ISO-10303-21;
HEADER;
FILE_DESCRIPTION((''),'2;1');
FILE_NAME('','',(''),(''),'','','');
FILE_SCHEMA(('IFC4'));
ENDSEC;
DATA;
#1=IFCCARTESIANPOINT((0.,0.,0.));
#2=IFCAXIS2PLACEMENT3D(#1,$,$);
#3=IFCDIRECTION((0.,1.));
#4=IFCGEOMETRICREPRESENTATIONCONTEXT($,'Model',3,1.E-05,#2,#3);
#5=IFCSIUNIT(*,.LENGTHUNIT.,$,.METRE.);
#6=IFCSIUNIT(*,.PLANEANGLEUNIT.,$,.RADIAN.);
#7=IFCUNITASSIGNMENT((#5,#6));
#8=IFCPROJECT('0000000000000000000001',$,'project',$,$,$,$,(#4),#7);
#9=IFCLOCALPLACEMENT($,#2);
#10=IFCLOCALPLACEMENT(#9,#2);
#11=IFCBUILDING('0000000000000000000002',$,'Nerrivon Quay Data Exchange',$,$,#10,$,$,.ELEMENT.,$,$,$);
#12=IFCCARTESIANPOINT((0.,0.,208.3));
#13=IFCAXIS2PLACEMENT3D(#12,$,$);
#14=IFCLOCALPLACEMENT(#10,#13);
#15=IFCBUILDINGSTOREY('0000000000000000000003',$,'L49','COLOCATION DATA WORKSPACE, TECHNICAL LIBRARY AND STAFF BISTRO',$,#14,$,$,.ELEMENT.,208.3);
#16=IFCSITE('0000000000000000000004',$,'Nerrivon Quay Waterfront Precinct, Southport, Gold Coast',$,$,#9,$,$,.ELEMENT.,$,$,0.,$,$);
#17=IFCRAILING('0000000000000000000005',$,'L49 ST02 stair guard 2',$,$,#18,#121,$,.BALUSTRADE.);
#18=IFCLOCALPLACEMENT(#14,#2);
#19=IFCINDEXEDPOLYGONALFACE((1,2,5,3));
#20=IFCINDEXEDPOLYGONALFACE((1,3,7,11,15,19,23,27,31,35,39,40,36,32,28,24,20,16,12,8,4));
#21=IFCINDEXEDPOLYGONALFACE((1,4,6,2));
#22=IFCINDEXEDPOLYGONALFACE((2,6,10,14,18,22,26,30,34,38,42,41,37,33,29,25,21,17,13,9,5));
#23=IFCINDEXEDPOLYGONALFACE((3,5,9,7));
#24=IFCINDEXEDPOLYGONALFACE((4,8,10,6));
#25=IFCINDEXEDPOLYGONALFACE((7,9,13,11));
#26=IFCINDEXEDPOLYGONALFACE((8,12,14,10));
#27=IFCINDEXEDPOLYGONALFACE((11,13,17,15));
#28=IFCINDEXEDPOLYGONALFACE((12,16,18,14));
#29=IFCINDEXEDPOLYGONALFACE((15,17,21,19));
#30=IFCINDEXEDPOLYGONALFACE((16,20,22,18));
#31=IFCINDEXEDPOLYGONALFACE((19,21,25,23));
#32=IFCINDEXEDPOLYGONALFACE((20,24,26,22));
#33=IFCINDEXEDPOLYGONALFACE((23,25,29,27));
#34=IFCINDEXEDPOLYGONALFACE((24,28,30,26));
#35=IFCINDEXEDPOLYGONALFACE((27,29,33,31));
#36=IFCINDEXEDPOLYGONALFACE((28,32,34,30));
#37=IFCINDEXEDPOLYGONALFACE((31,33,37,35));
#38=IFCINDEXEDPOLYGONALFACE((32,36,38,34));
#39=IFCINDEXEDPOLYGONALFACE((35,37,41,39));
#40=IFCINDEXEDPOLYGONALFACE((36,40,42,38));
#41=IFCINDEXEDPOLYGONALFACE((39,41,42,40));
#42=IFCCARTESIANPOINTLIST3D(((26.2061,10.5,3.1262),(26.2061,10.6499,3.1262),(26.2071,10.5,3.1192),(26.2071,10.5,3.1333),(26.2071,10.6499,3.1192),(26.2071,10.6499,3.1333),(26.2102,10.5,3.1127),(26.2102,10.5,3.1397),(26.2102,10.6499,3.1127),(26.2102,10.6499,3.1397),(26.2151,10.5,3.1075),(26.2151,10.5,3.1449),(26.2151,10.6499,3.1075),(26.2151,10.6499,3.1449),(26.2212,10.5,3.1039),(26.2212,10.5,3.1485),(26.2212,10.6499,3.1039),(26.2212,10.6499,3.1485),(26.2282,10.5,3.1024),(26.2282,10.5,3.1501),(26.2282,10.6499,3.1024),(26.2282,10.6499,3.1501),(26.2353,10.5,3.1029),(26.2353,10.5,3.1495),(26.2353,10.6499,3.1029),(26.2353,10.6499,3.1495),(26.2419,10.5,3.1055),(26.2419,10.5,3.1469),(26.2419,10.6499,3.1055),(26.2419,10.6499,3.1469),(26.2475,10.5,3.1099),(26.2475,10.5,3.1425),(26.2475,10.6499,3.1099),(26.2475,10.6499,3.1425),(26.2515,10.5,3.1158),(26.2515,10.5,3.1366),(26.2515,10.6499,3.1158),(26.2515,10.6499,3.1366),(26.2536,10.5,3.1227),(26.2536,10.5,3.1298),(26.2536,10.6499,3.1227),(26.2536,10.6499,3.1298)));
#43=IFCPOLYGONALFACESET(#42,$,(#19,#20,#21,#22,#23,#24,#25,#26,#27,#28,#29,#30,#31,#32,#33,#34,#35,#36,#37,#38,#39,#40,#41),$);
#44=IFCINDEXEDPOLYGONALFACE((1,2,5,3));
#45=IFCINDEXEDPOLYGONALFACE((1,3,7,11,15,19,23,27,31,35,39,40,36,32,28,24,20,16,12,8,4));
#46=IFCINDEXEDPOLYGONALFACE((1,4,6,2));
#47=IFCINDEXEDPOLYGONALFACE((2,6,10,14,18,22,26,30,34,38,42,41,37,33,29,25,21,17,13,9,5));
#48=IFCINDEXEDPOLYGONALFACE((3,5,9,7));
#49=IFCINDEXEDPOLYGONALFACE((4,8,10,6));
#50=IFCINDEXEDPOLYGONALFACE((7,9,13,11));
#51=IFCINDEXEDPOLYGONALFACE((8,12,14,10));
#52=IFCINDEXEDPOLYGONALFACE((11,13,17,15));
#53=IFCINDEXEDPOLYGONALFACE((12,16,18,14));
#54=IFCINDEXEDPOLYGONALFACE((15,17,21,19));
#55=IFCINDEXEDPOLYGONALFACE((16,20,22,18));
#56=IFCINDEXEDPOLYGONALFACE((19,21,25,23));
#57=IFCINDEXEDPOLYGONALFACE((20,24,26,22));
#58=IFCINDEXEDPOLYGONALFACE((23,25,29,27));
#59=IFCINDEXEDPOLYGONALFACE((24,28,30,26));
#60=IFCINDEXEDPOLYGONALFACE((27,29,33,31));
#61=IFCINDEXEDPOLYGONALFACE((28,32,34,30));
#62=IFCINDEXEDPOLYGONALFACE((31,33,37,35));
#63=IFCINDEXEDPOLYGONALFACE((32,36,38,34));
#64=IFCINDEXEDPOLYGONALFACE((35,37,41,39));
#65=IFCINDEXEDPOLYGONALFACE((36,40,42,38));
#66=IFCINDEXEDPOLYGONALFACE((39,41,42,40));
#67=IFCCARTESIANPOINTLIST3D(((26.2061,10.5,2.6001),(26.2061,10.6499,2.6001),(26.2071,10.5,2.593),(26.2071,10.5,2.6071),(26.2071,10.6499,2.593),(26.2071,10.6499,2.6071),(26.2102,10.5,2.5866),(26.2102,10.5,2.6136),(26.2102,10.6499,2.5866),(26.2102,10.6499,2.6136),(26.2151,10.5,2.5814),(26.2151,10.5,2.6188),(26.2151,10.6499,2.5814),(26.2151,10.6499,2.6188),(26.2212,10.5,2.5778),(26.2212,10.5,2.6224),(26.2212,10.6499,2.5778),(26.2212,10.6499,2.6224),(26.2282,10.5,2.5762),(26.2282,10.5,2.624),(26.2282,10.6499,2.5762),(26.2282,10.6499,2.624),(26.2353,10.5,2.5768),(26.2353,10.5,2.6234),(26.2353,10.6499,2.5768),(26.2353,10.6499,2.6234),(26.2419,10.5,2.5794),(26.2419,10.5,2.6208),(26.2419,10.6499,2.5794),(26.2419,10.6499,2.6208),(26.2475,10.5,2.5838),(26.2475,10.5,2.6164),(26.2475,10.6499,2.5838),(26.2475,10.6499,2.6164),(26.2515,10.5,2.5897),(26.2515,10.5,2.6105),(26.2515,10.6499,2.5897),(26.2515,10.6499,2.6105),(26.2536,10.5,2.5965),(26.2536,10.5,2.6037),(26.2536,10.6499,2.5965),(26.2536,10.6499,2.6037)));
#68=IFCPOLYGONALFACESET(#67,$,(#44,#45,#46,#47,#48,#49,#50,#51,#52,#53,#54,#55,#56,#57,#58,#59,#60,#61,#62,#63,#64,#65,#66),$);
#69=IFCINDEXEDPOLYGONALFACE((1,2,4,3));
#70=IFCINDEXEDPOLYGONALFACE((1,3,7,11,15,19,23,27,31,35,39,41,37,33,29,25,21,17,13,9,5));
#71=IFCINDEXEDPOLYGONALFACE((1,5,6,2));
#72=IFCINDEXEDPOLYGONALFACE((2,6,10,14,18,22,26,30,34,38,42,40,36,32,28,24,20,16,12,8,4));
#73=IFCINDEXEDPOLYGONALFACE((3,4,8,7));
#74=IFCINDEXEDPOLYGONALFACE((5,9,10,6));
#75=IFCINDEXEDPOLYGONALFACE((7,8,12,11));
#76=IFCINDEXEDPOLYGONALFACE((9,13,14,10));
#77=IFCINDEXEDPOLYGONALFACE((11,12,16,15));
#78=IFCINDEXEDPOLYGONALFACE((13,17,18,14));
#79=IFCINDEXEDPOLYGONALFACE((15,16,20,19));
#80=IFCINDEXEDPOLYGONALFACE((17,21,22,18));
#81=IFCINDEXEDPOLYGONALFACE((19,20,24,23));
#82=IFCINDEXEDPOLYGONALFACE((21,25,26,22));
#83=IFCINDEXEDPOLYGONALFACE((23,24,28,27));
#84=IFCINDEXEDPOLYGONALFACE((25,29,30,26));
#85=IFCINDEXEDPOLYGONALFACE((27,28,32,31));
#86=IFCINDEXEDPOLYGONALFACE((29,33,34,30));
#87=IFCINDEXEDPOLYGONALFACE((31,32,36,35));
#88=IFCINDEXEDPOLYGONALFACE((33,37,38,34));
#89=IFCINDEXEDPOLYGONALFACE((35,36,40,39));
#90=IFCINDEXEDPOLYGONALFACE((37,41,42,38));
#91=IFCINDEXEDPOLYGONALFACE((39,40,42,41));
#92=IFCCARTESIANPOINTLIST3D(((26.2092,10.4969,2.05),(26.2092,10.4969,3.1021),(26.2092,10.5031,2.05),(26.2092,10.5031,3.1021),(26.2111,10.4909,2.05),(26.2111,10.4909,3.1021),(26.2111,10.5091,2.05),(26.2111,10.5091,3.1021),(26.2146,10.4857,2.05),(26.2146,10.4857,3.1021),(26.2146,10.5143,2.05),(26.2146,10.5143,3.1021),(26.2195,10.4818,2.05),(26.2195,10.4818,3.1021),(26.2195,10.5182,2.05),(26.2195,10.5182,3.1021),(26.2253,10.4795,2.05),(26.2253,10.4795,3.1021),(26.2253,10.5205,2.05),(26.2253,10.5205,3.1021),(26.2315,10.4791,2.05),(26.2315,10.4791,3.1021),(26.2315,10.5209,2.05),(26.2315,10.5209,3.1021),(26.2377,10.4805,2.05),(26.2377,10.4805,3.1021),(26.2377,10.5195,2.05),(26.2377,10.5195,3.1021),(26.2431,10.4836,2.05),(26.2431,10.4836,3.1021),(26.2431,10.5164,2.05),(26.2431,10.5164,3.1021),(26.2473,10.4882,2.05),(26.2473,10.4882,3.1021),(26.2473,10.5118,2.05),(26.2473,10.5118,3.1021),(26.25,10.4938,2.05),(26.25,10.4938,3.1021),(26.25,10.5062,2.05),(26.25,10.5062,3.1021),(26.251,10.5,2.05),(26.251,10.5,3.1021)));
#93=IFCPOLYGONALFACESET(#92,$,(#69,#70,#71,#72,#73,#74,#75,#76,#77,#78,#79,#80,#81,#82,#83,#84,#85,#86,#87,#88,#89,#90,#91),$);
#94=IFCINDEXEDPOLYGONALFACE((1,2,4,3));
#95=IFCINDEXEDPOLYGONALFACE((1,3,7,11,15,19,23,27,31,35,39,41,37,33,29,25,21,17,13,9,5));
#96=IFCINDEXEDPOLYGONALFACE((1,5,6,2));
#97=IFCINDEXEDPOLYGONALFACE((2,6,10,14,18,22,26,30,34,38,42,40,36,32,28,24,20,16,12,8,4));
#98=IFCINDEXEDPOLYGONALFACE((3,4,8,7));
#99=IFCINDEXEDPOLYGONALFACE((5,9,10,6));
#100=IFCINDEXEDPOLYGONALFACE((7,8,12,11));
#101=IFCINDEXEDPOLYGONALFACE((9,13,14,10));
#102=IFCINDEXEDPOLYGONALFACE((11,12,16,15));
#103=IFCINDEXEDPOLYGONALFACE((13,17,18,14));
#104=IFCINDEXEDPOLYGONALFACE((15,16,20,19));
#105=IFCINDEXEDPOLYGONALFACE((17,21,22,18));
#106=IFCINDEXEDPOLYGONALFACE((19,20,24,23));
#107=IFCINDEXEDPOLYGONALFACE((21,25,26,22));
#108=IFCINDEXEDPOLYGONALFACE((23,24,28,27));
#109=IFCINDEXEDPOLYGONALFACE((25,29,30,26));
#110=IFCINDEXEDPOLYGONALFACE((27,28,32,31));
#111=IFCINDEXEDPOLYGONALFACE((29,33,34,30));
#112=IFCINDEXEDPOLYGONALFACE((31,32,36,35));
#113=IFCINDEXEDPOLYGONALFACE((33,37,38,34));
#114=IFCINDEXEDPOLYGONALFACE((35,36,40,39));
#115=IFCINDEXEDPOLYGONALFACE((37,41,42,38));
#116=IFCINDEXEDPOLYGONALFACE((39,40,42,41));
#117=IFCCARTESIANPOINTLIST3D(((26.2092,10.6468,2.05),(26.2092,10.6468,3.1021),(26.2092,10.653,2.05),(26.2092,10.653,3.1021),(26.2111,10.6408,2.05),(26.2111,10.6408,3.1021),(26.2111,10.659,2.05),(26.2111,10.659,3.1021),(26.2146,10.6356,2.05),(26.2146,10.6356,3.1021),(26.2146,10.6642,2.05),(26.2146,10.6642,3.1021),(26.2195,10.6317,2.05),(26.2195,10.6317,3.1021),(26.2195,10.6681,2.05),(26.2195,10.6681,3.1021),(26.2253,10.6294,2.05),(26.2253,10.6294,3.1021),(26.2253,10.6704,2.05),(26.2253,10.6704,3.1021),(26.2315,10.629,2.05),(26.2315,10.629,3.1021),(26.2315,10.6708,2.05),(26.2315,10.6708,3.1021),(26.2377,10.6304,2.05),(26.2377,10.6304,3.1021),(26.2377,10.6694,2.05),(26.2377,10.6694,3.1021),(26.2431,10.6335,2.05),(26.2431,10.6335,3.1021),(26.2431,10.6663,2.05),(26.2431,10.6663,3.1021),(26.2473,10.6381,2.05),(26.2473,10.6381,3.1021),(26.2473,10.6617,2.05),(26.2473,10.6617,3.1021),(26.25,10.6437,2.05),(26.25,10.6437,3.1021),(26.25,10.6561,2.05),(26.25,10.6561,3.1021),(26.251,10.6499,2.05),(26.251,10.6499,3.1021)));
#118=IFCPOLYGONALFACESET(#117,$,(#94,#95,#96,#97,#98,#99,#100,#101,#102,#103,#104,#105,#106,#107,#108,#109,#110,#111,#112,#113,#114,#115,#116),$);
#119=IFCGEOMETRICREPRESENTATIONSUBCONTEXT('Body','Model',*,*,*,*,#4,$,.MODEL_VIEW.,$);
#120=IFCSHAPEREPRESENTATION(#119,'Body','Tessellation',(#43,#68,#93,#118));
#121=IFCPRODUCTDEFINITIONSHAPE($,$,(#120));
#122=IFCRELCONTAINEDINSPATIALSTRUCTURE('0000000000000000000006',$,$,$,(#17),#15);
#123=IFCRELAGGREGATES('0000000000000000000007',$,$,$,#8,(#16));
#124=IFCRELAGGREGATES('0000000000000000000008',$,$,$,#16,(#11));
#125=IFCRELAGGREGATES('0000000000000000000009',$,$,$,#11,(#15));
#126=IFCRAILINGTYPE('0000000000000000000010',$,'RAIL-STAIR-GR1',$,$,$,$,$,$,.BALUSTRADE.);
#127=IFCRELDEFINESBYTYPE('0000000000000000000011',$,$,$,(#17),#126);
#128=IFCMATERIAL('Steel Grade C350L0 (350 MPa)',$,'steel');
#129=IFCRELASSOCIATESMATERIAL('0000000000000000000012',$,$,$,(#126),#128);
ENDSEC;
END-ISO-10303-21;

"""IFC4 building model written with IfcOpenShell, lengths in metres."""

from ifc_helpers import new_model, si_unit, direction, frame, origin, origin_2d, place, context, subcontext, project, spatial, circle, extrude, material, type_object, element, save


model = new_model("IFC4")

# Units and contexts
model_context = context("Model", 3, precision=1e-05, world=origin(), true_north=direction((0.0, 1.0)))
body_context = subcontext(model_context, "Body", "Model", "MODEL_VIEW")
ifc_project = project(units=[si_unit("LENGTHUNIT", "METRE"), si_unit("PLANEANGLEUNIT", "RADIAN")], contexts=[model_context])

# Site, building, storey
site_placement = place(None, origin())
site = spatial("IfcSite", under=ifc_project, at=site_placement, Name="Nerrivon Quay Waterfront Precinct, Southport, Gold Coast", CompositionType="ELEMENT", RefElevation=0.0)
building_placement = place(site_placement, origin())
building = spatial("IfcBuilding", under=site, at=building_placement, Name="Nerrivon Quay Data Exchange", CompositionType="ELEMENT")
storey_placement = place(building_placement, frame((0.0, 0.0, 208.3)))
storey = spatial("IfcBuildingStorey", under=building, at=storey_placement, Name="L49", Description="COLOCATION DATA WORKSPACE, TECHNICAL LIBRARY AND STAFF BISTRO", CompositionType="ELEMENT", Elevation=208.3)

# Shared definitions
ifc_material_1 = material(Name="Steel Grade C350L0 (350 MPa)", Category="steel")

# Railing
railing_type_1 = type_object("IfcRailingType", Name="RAIL-STAIR-GR1", PredefinedType="BALUSTRADE", material=ifc_material_1)
railing_1_placement = place(storey_placement, frame((26.23, 10.5, 2.05)))
element("IfcRailing", 1, at=railing_1_placement, inside=storey, type_object=railing_type_1, Name="L49 ST02 stair guard 2", PredefinedType="BALUSTRADE", context=body_context, shape_type="SweptSolid", body=[
    extrude(circle(Radius=0.0239, at=origin_2d()), frame((0.0, 0.0, 1.0762), z_axis=(0.0, 1.0, 0.0), x_axis=(-1.0, 0.0, 0.0)), (0.0, 0.0, 1.0), 0.1499),
    extrude(circle(Radius=0.0239, at=origin_2d()), frame((0.0, 0.0, 0.55), z_axis=(0.0, 1.0, 0.0), x_axis=(-1.0, 0.0, 0.0)), (0.0, 0.0, 1.0), 0.1499),
    extrude(circle(Radius=0.021, at=origin_2d()), origin(), (0.0, 0.0, 1.0), 1.052),
    extrude(circle(Radius=0.021, at=origin_2d()), frame((0.0, 0.1499, 0.0)), (0.0, 0.0, 1.0), 1.052),
])

save(model, "model.ifc")
